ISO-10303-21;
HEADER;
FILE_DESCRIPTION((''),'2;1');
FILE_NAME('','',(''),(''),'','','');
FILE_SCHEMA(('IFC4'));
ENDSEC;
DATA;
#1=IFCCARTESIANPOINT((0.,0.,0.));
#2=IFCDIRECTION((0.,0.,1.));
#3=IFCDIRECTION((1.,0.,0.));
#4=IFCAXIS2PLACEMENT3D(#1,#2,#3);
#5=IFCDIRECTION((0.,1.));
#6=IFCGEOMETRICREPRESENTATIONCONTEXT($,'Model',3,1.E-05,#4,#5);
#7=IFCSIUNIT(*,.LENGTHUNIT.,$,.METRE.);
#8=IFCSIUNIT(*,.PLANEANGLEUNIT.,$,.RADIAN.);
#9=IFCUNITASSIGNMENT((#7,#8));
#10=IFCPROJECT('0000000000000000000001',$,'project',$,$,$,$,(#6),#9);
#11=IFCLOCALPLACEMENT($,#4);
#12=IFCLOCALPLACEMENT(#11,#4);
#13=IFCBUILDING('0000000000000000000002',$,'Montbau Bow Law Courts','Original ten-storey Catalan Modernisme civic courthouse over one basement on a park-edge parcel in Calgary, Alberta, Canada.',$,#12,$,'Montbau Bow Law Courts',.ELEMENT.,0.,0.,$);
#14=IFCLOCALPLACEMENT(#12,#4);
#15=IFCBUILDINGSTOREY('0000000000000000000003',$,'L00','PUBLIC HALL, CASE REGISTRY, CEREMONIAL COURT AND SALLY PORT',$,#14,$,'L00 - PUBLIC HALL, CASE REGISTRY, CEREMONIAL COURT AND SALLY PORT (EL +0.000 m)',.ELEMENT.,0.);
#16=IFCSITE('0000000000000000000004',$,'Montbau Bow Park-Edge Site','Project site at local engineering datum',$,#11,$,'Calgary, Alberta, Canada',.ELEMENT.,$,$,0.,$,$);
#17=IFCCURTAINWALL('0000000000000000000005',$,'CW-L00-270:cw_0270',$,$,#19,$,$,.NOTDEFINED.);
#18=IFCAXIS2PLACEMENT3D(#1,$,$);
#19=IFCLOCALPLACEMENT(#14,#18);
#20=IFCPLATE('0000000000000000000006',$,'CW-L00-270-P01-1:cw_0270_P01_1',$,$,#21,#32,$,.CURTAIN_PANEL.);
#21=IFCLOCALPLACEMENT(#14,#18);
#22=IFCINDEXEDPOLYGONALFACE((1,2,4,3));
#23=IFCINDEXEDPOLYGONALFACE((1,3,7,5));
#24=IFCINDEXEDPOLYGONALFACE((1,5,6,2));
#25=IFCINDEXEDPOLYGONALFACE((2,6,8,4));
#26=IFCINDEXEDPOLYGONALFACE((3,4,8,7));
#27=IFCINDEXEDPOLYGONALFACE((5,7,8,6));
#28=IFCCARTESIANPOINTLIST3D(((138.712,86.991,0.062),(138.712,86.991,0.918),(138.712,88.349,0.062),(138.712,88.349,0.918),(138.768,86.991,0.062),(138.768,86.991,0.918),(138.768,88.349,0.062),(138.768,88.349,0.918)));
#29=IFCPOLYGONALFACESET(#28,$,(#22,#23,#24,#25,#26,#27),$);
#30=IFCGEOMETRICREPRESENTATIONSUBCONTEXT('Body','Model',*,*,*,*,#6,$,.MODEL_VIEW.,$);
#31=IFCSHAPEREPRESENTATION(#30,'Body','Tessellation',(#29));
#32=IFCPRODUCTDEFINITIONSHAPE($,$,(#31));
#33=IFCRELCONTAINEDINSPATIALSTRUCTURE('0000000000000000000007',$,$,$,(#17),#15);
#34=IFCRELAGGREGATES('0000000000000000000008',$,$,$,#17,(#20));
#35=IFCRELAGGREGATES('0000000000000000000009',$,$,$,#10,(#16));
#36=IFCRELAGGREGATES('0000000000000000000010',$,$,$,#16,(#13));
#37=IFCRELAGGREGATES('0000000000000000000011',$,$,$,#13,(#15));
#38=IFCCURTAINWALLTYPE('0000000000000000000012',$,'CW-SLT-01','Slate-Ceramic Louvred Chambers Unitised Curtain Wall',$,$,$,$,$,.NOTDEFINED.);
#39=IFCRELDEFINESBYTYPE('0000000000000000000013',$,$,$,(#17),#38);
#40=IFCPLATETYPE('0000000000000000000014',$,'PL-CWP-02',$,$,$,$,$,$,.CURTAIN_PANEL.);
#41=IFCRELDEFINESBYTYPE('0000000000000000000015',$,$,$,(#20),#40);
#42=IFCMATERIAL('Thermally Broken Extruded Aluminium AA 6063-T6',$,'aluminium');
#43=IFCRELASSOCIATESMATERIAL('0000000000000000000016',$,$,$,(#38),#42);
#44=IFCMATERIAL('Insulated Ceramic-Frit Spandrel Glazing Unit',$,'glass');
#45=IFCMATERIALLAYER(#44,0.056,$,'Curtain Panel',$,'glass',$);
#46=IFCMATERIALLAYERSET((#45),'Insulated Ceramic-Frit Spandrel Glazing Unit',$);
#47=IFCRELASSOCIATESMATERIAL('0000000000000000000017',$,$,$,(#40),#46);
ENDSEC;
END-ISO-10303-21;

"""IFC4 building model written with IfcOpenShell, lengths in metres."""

from ifc_helpers import new_model, si_unit, direction, frame, frame_2d, origin_with_axes, place, context, subcontext, project, spatial, rectangle, extrude, material, layer, layer_set, type_object, element, aggregate, save


model = new_model("IFC4")

# Units and contexts
model_context = context("Model", 3, precision=1e-05, world=origin_with_axes(), true_north=direction((0.0, 1.0)))
body_context = subcontext(model_context, "Body", "Model", "MODEL_VIEW")
ifc_project = project(units=[si_unit("LENGTHUNIT", "METRE"), si_unit("PLANEANGLEUNIT", "RADIAN")], contexts=[model_context])

# Site, building, storey
site_placement = place(None, origin_with_axes())
site = spatial("IfcSite", under=ifc_project, at=site_placement, Name="Montbau Bow Park-Edge Site", Description="Project site at local engineering datum", LongName="Calgary, Alberta, Canada", CompositionType="ELEMENT", RefElevation=0.0)
building_placement = place(site_placement, origin_with_axes())
building = spatial("IfcBuilding", under=site, at=building_placement, Name="Montbau Bow Law Courts", Description="Original ten-storey Catalan Modernisme civic courthouse over one basement on a park-edge parcel in Calgary, Alberta, Canada.", LongName="Montbau Bow Law Courts", CompositionType="ELEMENT", ElevationOfRefHeight=0.0, ElevationOfTerrain=0.0)
storey_placement = place(building_placement, origin_with_axes())
storey = spatial("IfcBuildingStorey", under=building, at=storey_placement, Name="L00", Description="PUBLIC HALL, CASE REGISTRY, CEREMONIAL COURT AND SALLY PORT", LongName="L00 - PUBLIC HALL, CASE REGISTRY, CEREMONIAL COURT AND SALLY PORT (EL +0.000 m)", CompositionType="ELEMENT", Elevation=0.0)

# Curtain wall
ifc_material_1 = material(Name="Thermally Broken Extruded Aluminium AA 6063-T6", Category="aluminium")
curtain_wall_type = type_object("IfcCurtainWallType", Name="CW-SLT-01", Description="Slate-Ceramic Louvred Chambers Unitised Curtain Wall", PredefinedType="NOTDEFINED", material=ifc_material_1)
curtain_wall_1_placement = place(None, frame((138.74, 86.915, 0.0), z_axis=(0.0, 0.0, 1.0), x_axis=(1.0, 0.0, 0.0)))
curtain_wall_1 = element("IfcCurtainWall", 1, at=curtain_wall_1_placement, inside=storey, type_object=curtain_wall_type, Name="CW-L00-270:cw_0270", PredefinedType="NOTDEFINED")

# Plate
ifc_material_2 = material(Name="Insulated Ceramic-Frit Spandrel Glazing Unit", Category="glass")
ifc_layer_1 = layer(ifc_material_2, 0.056, Name="Curtain Panel", Category="glass")
ifc_layer_set_1 = layer_set([ifc_layer_1], Name="Insulated Ceramic-Frit Spandrel Glazing Unit")
plate_type_1 = type_object("IfcPlateType", Name="PL-CWP-02", PredefinedType="CURTAIN_PANEL", material=ifc_layer_set_1)
plate_1_placement = place(None, frame((138.74, 86.991, 0.062), z_axis=(1.0, 0.0, 0.0), x_axis=(0.0, 1.0, 0.0)))
plate_1 = element("IfcPlate", 2, at=plate_1_placement, type_object=plate_type_1, Name="CW-L00-270-P01-1:cw_0270_P01_1", PredefinedType="CURTAIN_PANEL", context=body_context, shape_type="SweptSolid", body=[
    extrude(rectangle(XDim=1.358, YDim=0.856, at=frame_2d((0.679, 0.428), x_axis=(1.0, 0.0))), frame((0.0, 0.0, -0.028), z_axis=(0.0, 0.0, 1.0), x_axis=(1.0, 0.0, 0.0)), (0.0, 0.0, 1.0), 0.056),
])
aggregate(curtain_wall_1, [plate_1])

save(model, "model.ifc")
